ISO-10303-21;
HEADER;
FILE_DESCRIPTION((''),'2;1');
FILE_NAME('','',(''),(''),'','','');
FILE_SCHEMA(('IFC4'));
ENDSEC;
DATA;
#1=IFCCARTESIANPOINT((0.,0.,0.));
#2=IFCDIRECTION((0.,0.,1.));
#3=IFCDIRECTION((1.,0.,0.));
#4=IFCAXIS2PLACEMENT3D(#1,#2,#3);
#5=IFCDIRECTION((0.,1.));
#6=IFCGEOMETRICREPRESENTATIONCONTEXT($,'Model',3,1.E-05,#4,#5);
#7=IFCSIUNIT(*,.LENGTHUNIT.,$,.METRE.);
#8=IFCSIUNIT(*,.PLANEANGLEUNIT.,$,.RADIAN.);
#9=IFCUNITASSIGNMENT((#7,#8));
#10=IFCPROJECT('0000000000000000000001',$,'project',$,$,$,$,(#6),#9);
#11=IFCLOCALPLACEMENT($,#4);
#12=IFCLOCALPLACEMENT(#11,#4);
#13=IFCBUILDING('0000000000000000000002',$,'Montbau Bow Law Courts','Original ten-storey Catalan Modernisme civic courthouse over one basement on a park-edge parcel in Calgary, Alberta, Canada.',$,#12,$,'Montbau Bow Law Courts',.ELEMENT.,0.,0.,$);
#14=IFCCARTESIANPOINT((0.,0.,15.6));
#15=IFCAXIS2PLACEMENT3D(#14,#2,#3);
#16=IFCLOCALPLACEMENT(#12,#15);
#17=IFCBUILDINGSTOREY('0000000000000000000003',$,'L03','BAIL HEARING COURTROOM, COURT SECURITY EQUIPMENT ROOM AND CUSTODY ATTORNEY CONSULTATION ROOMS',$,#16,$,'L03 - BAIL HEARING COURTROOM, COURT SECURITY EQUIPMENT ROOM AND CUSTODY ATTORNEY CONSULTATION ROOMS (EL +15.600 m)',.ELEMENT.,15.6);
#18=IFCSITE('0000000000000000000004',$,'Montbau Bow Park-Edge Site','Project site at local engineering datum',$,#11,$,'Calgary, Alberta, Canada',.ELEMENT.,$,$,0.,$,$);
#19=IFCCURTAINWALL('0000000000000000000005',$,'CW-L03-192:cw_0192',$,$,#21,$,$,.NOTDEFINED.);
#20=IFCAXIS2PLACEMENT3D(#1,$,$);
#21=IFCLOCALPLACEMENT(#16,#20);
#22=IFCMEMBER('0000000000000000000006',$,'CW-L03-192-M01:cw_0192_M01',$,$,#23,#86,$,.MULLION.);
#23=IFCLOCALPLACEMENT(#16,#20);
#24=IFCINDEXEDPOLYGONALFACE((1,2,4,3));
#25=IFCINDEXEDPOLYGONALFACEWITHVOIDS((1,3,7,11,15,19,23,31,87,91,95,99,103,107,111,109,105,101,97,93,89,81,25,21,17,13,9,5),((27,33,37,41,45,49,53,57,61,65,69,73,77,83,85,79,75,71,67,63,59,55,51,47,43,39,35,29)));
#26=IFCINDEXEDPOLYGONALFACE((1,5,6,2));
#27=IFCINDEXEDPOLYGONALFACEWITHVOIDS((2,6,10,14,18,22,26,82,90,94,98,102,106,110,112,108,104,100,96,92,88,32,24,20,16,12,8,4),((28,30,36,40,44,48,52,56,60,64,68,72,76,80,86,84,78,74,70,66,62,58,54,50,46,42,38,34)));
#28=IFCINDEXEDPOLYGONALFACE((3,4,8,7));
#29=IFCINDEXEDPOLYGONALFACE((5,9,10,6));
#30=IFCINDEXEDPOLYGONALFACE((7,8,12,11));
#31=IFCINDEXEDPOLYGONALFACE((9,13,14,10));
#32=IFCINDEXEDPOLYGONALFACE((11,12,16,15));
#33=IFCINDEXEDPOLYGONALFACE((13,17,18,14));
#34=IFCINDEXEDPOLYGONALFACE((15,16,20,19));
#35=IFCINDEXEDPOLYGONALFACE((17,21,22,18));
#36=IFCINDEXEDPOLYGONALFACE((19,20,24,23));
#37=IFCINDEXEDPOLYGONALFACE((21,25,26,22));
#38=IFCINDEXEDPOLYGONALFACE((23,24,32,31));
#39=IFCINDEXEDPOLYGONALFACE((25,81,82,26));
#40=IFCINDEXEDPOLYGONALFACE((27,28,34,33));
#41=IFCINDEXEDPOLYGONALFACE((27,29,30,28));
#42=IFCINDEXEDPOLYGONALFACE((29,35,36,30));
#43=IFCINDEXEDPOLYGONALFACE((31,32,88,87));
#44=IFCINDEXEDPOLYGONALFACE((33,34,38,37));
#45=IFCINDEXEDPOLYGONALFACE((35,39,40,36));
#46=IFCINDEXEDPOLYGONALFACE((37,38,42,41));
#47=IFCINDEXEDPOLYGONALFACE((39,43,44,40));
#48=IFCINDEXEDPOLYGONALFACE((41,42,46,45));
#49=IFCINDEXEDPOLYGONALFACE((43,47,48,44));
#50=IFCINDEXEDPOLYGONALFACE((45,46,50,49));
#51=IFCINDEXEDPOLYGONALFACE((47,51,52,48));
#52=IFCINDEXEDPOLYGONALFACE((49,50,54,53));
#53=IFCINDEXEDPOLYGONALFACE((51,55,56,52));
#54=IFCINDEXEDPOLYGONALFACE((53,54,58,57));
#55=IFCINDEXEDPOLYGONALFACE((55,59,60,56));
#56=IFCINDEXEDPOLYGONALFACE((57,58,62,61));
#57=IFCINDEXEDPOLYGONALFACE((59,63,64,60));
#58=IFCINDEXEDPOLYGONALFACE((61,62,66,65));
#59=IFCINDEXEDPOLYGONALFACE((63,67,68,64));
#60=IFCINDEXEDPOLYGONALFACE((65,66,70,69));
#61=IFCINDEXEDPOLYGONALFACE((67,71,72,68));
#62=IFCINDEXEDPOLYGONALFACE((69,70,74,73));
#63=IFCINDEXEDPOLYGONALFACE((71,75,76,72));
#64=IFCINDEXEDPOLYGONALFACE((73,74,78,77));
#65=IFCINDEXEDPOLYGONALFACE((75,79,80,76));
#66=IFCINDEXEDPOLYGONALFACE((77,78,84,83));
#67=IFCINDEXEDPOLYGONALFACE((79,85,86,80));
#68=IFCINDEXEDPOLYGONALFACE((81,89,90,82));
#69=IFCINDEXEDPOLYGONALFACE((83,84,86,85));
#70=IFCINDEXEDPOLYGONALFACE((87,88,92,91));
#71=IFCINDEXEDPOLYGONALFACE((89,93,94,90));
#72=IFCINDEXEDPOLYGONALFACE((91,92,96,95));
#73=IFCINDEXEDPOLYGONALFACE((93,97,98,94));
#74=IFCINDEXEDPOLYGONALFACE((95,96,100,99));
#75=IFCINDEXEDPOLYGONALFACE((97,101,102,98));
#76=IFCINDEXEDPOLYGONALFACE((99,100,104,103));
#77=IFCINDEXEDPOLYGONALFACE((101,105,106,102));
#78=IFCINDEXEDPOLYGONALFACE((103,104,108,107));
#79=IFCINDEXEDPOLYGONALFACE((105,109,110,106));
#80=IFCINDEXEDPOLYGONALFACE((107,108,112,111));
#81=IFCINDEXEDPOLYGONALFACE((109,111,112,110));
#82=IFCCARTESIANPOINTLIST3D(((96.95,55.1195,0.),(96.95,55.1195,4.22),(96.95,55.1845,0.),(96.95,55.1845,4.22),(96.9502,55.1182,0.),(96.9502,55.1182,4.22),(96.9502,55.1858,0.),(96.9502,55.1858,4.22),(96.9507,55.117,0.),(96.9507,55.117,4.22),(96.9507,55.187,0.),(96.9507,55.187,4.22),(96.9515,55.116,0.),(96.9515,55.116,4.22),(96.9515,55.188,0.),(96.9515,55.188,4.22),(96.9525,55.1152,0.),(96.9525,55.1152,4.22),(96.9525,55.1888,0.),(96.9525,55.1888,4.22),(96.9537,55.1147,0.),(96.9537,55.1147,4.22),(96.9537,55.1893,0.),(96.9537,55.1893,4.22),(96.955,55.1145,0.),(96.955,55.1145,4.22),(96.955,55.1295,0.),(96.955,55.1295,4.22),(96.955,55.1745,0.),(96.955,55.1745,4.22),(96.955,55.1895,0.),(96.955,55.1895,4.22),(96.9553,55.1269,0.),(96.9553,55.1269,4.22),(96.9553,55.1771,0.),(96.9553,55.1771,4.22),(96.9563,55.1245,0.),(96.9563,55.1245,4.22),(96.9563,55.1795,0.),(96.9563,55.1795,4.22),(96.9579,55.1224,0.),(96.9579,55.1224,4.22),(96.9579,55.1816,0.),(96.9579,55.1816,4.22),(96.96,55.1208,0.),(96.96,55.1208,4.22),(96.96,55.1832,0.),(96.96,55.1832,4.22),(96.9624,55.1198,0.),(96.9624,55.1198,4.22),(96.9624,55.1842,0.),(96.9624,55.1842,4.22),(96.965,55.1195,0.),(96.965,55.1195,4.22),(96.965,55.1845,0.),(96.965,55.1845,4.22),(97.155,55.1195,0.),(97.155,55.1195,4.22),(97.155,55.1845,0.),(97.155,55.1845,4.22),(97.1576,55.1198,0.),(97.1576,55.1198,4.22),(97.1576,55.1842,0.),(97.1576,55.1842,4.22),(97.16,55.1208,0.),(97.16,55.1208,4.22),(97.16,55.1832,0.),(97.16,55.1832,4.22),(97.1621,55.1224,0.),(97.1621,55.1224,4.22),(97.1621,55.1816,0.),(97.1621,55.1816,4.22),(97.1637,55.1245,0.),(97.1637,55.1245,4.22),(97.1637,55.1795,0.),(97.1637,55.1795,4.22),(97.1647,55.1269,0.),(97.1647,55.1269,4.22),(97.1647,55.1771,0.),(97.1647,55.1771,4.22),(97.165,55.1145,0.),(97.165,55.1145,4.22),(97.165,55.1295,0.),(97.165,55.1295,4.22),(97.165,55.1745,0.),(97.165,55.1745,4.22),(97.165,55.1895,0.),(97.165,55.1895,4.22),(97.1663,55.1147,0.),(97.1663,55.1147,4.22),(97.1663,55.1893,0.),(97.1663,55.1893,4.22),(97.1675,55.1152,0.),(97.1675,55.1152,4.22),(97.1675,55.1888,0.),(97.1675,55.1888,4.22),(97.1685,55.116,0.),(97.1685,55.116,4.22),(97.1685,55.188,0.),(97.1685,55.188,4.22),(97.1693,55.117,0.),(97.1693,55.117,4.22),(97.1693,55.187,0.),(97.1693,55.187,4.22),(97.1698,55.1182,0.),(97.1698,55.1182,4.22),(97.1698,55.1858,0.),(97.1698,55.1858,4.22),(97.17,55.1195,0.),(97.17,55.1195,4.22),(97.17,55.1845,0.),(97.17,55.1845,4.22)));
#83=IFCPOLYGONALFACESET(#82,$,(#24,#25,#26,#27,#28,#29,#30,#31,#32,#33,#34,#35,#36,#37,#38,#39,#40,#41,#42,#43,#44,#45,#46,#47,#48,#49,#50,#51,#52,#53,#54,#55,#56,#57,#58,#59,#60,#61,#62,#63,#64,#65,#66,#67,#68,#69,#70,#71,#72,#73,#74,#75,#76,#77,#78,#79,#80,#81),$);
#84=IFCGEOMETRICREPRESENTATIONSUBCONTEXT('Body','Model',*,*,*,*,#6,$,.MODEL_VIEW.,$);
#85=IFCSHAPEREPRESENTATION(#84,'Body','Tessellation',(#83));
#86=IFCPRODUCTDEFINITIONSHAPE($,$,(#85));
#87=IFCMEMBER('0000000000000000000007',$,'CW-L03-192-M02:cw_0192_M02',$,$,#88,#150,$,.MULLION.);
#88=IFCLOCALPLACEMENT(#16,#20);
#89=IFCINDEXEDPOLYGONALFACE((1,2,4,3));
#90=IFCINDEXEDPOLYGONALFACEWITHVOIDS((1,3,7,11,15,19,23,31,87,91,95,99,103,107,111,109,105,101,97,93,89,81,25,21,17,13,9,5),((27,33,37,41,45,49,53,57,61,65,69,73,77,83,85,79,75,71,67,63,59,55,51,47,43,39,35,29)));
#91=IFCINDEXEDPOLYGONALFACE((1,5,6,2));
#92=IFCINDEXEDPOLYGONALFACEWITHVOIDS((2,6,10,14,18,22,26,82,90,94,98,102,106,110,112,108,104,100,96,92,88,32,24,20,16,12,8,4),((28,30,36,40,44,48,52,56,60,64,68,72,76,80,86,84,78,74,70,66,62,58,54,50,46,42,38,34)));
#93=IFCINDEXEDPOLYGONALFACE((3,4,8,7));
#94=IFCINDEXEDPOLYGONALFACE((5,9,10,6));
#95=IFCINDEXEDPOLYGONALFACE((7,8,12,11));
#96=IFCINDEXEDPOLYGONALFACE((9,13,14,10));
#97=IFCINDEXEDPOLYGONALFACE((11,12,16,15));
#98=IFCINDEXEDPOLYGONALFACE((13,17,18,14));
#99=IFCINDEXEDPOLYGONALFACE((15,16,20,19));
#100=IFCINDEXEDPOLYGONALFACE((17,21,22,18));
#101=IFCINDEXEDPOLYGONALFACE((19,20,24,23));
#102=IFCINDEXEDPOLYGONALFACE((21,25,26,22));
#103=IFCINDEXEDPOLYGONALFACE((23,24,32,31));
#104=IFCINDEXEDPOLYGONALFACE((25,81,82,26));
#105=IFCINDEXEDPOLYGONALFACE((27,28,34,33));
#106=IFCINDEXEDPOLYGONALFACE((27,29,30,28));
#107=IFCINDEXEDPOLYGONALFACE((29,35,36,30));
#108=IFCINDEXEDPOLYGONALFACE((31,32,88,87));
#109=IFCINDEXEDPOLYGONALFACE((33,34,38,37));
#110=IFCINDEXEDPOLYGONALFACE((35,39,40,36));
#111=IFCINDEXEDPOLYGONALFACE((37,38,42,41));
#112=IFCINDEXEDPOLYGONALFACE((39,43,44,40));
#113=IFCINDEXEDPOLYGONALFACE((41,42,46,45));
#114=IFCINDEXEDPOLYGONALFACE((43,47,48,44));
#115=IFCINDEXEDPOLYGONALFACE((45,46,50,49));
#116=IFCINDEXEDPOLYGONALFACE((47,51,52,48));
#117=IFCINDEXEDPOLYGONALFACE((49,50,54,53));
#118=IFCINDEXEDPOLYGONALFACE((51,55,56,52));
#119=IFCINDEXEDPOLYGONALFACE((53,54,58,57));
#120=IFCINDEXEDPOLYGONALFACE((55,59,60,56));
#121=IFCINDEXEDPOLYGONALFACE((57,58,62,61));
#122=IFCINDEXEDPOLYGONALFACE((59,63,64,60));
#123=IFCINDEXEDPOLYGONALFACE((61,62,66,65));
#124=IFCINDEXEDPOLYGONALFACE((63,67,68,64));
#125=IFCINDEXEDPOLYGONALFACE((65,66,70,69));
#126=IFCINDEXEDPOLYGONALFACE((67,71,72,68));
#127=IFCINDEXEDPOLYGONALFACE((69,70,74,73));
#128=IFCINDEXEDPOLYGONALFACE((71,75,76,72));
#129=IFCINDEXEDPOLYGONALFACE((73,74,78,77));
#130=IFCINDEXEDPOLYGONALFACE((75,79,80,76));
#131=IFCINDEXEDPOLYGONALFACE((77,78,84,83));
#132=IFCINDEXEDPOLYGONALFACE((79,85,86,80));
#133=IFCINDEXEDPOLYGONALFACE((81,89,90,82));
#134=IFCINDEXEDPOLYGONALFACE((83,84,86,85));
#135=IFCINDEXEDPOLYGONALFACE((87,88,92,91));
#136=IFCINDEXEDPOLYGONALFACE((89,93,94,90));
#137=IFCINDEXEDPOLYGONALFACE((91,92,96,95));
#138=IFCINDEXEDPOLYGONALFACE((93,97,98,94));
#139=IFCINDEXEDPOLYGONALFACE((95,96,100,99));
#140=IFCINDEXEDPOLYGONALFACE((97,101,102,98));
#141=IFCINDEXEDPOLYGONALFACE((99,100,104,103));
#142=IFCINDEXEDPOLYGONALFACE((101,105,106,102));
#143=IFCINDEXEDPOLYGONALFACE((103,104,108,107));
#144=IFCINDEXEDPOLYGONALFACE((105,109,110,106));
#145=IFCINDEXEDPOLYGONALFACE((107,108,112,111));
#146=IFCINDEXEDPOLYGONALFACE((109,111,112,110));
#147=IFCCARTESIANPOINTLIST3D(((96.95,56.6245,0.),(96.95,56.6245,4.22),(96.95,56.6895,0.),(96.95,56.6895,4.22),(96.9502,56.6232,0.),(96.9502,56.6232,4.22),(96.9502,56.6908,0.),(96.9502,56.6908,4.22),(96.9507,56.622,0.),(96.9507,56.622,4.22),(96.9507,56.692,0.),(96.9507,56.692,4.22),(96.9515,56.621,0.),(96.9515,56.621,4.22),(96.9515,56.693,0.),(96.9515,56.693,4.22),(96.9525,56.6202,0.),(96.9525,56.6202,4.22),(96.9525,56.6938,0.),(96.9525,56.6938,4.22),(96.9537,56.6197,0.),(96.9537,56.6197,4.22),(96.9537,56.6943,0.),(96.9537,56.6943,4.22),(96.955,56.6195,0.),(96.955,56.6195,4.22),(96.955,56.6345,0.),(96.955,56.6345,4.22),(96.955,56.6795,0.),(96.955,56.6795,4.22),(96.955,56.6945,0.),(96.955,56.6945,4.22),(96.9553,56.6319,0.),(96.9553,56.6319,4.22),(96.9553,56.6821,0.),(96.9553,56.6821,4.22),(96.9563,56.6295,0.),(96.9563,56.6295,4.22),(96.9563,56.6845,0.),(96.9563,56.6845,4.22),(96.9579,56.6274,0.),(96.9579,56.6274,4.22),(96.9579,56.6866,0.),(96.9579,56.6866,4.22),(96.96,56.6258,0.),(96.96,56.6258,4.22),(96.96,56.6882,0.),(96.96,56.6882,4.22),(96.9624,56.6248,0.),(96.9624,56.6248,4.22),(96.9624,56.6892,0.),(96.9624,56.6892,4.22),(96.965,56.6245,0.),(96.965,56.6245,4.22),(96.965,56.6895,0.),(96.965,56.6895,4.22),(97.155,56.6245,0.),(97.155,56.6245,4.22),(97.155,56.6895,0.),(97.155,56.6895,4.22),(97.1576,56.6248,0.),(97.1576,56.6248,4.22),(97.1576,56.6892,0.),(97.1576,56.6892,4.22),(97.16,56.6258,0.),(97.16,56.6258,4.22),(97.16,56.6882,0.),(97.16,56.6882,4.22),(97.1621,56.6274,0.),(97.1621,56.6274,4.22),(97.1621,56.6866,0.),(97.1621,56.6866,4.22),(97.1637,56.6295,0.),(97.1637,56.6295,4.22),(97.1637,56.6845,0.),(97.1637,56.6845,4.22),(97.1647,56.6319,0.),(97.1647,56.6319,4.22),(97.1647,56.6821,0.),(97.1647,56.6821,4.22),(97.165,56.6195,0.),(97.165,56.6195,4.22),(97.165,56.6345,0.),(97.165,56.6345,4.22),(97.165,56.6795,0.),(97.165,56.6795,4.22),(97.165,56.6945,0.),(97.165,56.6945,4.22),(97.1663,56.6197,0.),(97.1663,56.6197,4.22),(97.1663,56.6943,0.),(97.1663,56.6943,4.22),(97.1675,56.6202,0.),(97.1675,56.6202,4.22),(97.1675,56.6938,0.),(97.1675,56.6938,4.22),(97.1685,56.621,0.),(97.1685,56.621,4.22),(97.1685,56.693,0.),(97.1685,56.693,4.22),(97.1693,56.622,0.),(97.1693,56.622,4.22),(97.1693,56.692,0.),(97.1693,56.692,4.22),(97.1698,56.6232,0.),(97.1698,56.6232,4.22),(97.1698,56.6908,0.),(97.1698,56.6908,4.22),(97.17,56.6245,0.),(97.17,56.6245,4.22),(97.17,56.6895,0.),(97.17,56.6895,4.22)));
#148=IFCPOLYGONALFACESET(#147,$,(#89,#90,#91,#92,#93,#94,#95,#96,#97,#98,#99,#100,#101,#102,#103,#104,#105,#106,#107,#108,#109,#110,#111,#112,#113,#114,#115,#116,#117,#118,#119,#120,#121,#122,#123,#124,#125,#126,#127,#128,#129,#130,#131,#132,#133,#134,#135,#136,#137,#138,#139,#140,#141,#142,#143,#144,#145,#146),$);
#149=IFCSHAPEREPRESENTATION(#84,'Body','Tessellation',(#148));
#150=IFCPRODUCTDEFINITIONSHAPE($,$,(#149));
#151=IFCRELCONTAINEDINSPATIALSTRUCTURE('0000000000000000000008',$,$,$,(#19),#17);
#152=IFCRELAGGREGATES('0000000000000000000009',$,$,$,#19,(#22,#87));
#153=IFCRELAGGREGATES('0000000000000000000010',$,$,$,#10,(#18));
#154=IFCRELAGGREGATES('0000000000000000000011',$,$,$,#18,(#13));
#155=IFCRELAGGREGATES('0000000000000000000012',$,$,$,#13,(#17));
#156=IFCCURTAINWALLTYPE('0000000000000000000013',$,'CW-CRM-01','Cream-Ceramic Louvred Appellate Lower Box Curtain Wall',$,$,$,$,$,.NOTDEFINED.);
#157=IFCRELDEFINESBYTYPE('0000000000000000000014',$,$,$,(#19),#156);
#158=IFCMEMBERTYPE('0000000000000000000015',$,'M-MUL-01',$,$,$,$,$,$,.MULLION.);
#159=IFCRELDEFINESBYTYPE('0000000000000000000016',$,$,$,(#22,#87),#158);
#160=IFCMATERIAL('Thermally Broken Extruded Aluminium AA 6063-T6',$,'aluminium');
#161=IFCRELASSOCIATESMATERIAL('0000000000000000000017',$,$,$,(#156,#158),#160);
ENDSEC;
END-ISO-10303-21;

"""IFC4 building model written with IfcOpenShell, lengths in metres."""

from ifc_helpers import new_model, si_unit, direction, frame, origin_with_axes, origin_2d_with_axis, place, context, subcontext, project, spatial, hollow_rectangle, extrude, material, material_profile, profile_set, type_object, element, aggregate, save


model = new_model("IFC4")

# Units and contexts
model_context = context("Model", 3, precision=1e-05, world=origin_with_axes(), true_north=direction((0.0, 1.0)))
body_context = subcontext(model_context, "Body", "Model", "MODEL_VIEW")
ifc_project = project(units=[si_unit("LENGTHUNIT", "METRE"), si_unit("PLANEANGLEUNIT", "RADIAN")], contexts=[model_context])

# Site, building, storey
site_placement = place(None, origin_with_axes())
site = spatial("IfcSite", under=ifc_project, at=site_placement, Name="Montbau Bow Park-Edge Site", Description="Project site at local engineering datum", LongName="Calgary, Alberta, Canada", CompositionType="ELEMENT", RefElevation=0.0)
building_placement = place(site_placement, origin_with_axes())
building = spatial("IfcBuilding", under=site, at=building_placement, Name="Montbau Bow Law Courts", Description="Original ten-storey Catalan Modernisme civic courthouse over one basement on a park-edge parcel in Calgary, Alberta, Canada.", LongName="Montbau Bow Law Courts", CompositionType="ELEMENT", ElevationOfRefHeight=0.0, ElevationOfTerrain=0.0)
storey_placement = place(building_placement, frame((0.0, 0.0, 15.6), z_axis=(0.0, 0.0, 1.0), x_axis=(1.0, 0.0, 0.0)))
storey = spatial("IfcBuildingStorey", under=building, at=storey_placement, Name="L03", Description="BAIL HEARING COURTROOM, COURT SECURITY EQUIPMENT ROOM AND CUSTODY ATTORNEY CONSULTATION ROOMS", LongName="L03 - BAIL HEARING COURTROOM, COURT SECURITY EQUIPMENT ROOM AND CUSTODY ATTORNEY CONSULTATION ROOMS (EL +15.600 m)", CompositionType="ELEMENT", Elevation=15.6)

# Curtain wall, members
ifc_material_1 = material(Name="Thermally Broken Extruded Aluminium AA 6063-T6", Category="aluminium")
curtain_wall_type = type_object("IfcCurtainWallType", Name="CW-CRM-01", Description="Cream-Ceramic Louvred Appellate Lower Box Curtain Wall", PredefinedType="NOTDEFINED", material=ifc_material_1)
curtain_wall_1_placement = place(None, frame((97.06, 55.115, 15.6), z_axis=(0.0, 0.0, 1.0), x_axis=(1.0, 0.0, 0.0)))
curtain_wall_1 = element("IfcCurtainWall", 1, at=curtain_wall_1_placement, inside=storey, type_object=curtain_wall_type, Name="CW-L03-192:cw_0192", PredefinedType="NOTDEFINED")
ifc_material_profile_1 = material_profile(ifc_material_1, hollow_rectangle(XDim=0.075, YDim=0.22, WallThickness=0.005, InnerFilletRadius=0.01, OuterFilletRadius=0.005, at=origin_2d_with_axis()), Name="CWM-220X75", Category="Main", Priority=0)
ifc_profile_set_1 = profile_set([ifc_material_profile_1], Name="Thermally Broken Extruded Aluminium AA 6063-T6")
member_type_1 = type_object("IfcMemberType", Name="M-MUL-01", PredefinedType="MULLION", material=ifc_profile_set_1)
member_1_placement = place(None, frame((97.06, 55.152, 15.6), z_axis=(0.0, 0.0, 1.0), x_axis=(0.0, 1.0, 0.0)))
member_1 = element("IfcMember", 2, at=member_1_placement, type_object=member_type_1, Name="CW-L03-192-M01:cw_0192_M01", PredefinedType="MULLION", context=body_context, shape_type="SweptSolid", body=[
    extrude(hollow_rectangle(XDim=0.075, YDim=0.22, WallThickness=0.005, InnerFilletRadius=0.01, OuterFilletRadius=0.005, at=origin_2d_with_axis()), origin_with_axes(), (0.0, 0.0, 1.0), 4.22),
])
member_2_placement = place(None, frame((97.06, 56.657, 15.6), z_axis=(0.0, 0.0, 1.0), x_axis=(0.0, 1.0, 0.0)))
member_2 = element("IfcMember", 3, at=member_2_placement, type_object=member_type_1, Name="CW-L03-192-M02:cw_0192_M02", PredefinedType="MULLION", context=body_context, shape_type="SweptSolid", body=[
    extrude(hollow_rectangle(XDim=0.075, YDim=0.22, WallThickness=0.005, InnerFilletRadius=0.01, OuterFilletRadius=0.005, at=origin_2d_with_axis()), origin_with_axes(), (0.0, 0.0, 1.0), 4.22),
])

aggregate(curtain_wall_1, [member_1, member_2])

save(model, "model.ifc")
